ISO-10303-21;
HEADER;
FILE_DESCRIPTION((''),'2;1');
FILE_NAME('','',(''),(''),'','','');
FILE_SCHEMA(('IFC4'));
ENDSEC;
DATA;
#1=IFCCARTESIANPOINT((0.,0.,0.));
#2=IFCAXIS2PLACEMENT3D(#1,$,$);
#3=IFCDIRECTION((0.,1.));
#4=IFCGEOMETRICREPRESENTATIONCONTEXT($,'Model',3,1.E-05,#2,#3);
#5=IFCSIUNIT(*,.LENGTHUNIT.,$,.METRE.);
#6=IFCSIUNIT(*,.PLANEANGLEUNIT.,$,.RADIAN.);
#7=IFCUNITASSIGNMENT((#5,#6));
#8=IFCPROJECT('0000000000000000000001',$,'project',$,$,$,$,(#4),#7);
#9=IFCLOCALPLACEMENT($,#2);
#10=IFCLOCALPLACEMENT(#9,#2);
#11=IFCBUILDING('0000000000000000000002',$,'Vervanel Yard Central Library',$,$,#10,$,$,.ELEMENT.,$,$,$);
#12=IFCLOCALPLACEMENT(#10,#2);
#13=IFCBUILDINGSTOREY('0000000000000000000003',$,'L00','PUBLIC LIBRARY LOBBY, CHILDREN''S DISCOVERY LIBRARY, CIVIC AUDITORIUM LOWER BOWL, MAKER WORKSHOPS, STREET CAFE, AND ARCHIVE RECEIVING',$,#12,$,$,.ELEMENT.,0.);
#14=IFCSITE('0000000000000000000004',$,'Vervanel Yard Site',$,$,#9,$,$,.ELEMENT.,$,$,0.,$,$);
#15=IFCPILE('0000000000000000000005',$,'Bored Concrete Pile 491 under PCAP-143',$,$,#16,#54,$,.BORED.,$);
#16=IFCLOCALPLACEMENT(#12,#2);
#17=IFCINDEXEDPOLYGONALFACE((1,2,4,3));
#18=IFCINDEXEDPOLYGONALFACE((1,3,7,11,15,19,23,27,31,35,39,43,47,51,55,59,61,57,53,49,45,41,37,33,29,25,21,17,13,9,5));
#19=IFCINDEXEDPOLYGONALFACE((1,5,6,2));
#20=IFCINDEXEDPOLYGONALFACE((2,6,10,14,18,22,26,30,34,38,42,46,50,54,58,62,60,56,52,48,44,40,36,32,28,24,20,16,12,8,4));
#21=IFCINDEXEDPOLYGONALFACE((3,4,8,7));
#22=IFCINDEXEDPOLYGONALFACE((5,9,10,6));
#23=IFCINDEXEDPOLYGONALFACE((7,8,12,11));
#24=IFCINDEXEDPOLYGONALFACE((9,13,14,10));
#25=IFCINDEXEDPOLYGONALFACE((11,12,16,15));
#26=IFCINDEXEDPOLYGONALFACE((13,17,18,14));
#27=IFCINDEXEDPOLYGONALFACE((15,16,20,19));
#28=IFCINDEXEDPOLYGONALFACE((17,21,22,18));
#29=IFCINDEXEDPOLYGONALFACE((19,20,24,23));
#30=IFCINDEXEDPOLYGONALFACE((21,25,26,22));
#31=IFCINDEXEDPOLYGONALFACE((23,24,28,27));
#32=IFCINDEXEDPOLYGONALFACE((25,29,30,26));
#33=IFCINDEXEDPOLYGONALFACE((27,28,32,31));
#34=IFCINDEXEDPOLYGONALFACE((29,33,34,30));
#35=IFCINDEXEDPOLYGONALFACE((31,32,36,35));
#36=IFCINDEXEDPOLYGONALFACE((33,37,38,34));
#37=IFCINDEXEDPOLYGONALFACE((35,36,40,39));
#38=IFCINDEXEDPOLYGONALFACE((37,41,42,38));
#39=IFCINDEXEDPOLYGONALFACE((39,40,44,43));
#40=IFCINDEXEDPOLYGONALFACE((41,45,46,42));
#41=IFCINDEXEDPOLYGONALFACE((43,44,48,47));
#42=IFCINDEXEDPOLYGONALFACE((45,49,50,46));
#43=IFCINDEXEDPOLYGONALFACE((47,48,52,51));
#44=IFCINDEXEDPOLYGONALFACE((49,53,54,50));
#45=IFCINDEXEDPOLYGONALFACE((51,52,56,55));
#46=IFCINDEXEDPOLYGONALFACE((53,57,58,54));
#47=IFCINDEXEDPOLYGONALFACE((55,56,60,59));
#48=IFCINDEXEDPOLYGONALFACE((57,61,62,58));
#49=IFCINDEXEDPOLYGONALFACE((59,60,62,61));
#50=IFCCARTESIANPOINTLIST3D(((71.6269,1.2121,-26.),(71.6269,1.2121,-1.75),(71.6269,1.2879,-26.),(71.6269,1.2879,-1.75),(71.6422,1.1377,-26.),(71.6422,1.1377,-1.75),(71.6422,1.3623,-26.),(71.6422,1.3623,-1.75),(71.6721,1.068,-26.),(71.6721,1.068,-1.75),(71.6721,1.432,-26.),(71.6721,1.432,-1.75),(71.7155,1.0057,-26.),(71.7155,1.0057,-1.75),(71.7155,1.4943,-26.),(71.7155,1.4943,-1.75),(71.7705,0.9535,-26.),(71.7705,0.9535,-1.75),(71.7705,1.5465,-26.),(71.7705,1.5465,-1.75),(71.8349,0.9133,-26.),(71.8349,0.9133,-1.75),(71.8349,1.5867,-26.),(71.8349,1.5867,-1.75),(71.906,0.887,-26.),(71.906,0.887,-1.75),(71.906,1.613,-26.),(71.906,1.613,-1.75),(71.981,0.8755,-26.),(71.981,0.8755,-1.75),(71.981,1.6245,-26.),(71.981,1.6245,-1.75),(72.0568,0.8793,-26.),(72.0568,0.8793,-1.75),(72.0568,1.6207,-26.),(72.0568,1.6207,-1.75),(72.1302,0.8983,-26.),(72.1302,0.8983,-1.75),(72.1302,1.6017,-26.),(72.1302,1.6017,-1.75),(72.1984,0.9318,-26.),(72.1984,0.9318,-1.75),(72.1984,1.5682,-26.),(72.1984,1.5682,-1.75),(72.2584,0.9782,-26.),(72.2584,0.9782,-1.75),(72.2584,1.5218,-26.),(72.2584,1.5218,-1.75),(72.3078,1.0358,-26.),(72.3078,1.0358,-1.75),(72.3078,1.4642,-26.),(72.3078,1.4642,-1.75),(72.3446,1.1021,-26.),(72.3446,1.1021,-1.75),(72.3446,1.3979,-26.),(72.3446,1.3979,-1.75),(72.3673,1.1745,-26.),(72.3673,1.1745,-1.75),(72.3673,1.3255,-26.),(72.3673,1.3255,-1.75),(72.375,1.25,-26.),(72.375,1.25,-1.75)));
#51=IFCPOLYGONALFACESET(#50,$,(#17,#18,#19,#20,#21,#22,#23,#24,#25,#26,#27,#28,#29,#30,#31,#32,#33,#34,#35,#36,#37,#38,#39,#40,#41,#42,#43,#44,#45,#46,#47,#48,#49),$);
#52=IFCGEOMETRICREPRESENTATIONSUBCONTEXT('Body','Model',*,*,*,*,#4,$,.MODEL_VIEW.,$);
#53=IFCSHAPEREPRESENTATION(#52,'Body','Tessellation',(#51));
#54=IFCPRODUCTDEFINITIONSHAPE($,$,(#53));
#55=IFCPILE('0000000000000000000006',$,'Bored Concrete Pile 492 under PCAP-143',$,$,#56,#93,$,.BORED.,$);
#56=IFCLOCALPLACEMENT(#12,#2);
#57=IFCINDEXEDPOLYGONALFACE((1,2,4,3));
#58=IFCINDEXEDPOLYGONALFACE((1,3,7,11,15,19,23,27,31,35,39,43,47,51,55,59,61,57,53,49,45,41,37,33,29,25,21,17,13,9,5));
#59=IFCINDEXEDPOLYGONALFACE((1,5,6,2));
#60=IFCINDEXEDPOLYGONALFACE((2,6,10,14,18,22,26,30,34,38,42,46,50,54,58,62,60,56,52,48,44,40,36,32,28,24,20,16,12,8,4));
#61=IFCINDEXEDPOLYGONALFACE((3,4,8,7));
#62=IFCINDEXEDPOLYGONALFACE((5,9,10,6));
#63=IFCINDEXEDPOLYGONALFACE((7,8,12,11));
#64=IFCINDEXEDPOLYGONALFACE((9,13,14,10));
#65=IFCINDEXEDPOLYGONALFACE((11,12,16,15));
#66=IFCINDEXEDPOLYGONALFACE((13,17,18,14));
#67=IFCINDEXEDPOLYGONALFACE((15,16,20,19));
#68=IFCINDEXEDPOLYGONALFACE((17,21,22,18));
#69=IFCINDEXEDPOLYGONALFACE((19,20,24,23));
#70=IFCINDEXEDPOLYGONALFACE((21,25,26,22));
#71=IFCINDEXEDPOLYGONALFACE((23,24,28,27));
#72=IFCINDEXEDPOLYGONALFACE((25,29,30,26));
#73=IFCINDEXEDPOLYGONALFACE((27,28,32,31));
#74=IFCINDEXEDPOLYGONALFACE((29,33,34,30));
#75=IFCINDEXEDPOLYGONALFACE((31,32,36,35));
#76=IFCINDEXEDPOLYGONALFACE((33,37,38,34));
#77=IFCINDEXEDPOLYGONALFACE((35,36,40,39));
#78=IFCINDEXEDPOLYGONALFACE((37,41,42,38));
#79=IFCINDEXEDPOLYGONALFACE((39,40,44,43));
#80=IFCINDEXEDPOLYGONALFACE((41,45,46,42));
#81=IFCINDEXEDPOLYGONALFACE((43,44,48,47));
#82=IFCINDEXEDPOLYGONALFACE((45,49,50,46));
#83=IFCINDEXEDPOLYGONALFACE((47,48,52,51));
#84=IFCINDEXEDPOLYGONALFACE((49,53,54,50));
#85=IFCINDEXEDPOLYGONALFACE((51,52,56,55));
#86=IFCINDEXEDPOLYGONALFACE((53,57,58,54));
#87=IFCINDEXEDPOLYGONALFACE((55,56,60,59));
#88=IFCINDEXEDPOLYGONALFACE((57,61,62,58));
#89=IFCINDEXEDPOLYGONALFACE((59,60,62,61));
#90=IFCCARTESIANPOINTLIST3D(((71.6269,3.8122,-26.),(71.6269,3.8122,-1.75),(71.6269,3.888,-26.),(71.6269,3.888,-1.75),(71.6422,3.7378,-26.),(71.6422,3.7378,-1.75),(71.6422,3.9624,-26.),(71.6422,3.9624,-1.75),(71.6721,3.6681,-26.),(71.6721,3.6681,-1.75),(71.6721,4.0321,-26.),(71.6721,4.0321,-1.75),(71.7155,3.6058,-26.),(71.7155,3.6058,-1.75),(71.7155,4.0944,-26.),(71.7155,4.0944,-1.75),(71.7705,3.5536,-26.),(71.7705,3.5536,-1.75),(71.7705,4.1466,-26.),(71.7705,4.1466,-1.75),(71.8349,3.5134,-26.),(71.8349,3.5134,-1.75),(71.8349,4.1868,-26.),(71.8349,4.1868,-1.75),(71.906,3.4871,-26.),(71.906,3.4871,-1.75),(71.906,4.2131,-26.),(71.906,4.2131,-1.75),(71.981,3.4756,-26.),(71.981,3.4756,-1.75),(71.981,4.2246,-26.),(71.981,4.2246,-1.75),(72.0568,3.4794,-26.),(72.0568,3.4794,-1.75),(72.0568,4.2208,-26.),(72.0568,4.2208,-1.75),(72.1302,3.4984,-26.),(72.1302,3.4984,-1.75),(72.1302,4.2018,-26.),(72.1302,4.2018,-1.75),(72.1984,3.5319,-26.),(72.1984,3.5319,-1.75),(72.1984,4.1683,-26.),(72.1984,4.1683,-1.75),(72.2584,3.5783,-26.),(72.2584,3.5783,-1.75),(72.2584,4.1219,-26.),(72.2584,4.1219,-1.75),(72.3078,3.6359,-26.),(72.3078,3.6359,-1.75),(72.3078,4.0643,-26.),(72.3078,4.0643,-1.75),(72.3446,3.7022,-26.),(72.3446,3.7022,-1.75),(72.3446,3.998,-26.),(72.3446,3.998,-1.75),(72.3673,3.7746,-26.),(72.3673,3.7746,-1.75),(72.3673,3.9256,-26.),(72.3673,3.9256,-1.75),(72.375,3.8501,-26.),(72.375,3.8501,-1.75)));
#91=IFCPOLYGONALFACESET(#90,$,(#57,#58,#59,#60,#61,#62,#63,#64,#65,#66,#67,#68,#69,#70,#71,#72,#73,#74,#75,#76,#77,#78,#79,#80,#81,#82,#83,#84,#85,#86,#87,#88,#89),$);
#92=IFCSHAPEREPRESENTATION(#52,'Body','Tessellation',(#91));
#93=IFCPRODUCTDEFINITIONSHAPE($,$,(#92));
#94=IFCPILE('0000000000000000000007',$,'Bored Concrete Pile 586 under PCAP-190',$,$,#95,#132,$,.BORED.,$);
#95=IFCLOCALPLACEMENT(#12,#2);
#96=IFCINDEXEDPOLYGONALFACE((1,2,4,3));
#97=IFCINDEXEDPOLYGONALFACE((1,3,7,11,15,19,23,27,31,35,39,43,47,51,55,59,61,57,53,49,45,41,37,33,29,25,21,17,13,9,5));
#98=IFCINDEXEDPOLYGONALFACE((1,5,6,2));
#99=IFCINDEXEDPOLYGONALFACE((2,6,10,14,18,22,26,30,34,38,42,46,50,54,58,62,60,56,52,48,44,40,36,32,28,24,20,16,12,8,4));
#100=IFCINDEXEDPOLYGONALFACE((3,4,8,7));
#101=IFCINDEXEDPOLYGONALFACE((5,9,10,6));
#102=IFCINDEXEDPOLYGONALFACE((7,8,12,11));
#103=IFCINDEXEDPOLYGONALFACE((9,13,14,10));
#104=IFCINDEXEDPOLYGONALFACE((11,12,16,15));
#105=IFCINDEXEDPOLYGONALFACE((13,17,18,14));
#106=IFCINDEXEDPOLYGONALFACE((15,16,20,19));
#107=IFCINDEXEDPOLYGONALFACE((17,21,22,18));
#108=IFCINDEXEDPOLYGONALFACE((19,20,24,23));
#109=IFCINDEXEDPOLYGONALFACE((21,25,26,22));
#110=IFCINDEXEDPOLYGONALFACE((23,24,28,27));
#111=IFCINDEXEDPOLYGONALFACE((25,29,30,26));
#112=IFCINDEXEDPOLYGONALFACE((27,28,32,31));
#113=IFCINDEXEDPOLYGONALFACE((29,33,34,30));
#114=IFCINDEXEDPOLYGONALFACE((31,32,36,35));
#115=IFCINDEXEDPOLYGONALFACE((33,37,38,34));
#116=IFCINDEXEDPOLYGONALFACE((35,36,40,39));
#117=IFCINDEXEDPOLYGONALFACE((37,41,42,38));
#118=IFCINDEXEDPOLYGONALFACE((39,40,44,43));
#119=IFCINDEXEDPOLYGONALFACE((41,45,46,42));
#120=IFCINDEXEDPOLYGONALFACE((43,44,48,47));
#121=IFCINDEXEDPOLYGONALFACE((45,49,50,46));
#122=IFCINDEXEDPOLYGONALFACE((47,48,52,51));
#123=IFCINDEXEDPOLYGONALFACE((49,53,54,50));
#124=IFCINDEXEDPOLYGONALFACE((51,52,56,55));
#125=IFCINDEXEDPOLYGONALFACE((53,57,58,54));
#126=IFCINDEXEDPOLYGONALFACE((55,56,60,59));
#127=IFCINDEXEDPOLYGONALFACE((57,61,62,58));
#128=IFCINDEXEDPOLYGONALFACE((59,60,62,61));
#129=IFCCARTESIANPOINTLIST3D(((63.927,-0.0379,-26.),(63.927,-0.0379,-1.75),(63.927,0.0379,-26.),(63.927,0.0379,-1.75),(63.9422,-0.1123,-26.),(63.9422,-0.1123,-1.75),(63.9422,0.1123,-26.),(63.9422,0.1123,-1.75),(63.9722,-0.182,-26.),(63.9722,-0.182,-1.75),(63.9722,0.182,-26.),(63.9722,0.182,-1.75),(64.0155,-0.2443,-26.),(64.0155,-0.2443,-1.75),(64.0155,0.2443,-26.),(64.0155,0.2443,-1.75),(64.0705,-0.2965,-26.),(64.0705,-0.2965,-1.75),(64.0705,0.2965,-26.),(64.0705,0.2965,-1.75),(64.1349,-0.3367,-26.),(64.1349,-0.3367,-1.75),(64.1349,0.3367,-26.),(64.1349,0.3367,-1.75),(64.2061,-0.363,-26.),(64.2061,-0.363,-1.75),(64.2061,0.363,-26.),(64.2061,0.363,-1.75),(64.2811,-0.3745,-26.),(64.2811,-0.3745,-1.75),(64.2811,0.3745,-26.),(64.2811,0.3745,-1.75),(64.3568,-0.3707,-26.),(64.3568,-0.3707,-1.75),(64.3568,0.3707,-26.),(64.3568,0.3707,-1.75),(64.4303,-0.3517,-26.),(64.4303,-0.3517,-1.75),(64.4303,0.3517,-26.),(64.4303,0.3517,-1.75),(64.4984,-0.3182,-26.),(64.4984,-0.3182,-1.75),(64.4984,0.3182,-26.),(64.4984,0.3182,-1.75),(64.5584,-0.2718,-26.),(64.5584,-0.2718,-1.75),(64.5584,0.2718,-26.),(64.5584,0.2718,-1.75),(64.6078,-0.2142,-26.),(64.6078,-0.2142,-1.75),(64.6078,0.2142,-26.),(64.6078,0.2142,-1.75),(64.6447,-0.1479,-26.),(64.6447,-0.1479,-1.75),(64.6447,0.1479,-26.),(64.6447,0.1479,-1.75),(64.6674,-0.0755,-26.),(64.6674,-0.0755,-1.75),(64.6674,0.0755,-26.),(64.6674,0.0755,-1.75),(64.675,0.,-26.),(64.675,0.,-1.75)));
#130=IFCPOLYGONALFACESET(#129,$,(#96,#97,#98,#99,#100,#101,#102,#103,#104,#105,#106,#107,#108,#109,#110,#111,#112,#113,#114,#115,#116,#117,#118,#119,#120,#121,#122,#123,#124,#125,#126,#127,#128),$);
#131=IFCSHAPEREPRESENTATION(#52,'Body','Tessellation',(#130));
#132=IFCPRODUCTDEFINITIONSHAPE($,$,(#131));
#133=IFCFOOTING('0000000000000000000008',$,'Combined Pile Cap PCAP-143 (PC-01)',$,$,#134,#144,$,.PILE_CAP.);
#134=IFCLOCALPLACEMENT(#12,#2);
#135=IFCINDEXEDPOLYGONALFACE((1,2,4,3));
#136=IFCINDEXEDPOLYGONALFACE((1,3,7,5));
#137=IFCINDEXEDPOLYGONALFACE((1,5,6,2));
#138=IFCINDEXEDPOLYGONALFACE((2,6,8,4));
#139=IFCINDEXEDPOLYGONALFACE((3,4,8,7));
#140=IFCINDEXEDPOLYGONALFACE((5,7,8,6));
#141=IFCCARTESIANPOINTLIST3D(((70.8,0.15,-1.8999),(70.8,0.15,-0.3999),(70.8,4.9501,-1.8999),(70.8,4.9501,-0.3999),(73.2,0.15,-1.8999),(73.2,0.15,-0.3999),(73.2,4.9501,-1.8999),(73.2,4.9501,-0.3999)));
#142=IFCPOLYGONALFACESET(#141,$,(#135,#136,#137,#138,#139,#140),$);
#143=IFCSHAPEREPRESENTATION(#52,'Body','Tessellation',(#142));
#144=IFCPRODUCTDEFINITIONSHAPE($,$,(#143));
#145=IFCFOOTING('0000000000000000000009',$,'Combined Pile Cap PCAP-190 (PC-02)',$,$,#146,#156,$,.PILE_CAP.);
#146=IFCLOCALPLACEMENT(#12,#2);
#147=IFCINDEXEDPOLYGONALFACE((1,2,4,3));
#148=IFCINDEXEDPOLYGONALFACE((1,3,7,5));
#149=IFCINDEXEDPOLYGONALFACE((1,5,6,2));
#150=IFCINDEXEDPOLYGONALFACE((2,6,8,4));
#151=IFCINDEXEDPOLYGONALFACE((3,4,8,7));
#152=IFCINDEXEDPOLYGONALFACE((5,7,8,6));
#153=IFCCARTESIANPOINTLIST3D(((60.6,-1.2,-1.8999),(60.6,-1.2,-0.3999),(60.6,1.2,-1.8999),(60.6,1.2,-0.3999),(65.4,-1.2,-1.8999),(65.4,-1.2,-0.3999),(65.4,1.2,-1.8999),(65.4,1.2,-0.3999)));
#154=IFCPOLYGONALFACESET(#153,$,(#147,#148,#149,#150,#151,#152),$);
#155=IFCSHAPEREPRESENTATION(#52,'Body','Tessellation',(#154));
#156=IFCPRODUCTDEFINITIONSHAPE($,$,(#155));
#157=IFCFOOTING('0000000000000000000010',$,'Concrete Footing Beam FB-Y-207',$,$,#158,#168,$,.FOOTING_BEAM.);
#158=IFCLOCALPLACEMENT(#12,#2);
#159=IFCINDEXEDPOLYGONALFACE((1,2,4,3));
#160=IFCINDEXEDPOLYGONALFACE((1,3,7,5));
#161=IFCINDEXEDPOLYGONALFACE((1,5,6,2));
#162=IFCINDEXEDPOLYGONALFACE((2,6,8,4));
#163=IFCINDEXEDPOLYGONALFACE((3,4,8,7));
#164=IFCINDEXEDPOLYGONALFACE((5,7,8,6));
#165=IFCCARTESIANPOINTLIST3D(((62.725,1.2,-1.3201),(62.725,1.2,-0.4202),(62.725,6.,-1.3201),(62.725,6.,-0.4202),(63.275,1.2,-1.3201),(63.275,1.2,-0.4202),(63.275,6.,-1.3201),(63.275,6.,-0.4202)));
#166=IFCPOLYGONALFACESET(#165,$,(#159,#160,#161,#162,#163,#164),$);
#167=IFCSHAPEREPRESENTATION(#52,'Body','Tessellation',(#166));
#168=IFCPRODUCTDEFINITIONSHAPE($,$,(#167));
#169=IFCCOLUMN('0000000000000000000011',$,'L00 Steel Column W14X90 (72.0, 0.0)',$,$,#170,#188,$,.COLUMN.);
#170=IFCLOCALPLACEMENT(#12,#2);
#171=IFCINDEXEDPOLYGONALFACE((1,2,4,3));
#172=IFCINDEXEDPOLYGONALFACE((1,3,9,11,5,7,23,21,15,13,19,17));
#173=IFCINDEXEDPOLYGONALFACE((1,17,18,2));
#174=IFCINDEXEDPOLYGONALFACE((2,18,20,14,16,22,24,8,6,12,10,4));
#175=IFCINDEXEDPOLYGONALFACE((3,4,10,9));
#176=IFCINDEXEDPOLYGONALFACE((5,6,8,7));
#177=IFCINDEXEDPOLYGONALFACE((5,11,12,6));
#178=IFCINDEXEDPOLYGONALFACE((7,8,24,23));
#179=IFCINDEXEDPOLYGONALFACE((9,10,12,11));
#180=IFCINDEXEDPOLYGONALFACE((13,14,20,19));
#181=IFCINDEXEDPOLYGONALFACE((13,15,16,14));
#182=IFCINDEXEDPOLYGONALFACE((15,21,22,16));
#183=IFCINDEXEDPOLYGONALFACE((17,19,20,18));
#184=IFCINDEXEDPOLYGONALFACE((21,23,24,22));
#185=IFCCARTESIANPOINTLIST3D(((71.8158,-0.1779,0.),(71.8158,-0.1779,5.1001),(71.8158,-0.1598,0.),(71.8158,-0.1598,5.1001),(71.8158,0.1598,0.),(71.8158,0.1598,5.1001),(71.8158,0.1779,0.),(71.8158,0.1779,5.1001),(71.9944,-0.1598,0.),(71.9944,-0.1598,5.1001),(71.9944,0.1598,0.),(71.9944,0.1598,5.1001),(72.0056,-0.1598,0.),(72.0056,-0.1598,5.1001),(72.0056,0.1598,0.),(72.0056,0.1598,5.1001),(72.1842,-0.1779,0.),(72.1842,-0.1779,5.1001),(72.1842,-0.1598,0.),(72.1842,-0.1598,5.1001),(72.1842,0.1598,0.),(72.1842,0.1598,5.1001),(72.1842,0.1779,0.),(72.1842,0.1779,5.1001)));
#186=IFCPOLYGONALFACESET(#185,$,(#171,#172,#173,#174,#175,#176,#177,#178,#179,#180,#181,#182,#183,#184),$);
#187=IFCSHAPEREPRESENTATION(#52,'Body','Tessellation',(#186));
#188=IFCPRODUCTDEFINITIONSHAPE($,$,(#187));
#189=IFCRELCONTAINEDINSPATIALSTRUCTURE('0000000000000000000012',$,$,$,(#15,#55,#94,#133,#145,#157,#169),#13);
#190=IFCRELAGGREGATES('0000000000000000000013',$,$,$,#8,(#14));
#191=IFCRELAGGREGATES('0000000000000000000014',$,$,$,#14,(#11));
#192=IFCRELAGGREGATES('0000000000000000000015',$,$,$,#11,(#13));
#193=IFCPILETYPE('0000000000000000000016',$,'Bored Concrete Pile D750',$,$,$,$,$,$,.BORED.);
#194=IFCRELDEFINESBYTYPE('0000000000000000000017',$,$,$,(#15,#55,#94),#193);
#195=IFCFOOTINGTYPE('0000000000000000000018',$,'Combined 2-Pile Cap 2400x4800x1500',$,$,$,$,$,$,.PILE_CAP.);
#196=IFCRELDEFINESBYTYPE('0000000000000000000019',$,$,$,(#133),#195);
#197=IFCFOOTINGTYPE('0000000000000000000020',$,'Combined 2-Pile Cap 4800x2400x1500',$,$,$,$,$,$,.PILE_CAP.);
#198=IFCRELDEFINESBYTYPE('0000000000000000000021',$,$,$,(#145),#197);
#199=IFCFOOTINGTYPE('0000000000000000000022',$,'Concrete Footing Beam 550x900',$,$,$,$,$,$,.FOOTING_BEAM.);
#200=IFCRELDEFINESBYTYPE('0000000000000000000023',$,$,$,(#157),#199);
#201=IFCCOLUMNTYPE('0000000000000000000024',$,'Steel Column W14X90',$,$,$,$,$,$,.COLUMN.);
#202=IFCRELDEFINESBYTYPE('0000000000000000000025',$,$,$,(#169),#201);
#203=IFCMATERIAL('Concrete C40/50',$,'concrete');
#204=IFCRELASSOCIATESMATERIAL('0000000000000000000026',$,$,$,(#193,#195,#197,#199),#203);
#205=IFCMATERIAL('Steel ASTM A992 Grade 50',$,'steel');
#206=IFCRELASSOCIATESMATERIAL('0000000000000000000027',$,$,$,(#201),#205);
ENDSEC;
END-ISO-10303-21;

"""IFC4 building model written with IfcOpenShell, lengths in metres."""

from ifc_helpers import new_model, si_unit, direction, frame, origin, origin_2d, place, context, subcontext, project, spatial, rectangle, circle, i_section, extrude, material, material_profile, profile_set, type_object, element, save


model = new_model("IFC4")

# Units and contexts
model_context = context("Model", 3, precision=1e-05, world=origin(), true_north=direction((0.0, 1.0)))
body_context = subcontext(model_context, "Body", "Model", "MODEL_VIEW")
ifc_project = project(units=[si_unit("LENGTHUNIT", "METRE"), si_unit("PLANEANGLEUNIT", "RADIAN")], contexts=[model_context])

# Site, building, storey
site_placement = place(None, origin())
site = spatial("IfcSite", under=ifc_project, at=site_placement, Name="Vervanel Yard Site", CompositionType="ELEMENT", RefElevation=0.0)
building_placement = place(site_placement, origin())
building = spatial("IfcBuilding", under=site, at=building_placement, Name="Vervanel Yard Central Library", CompositionType="ELEMENT")
storey_placement = place(building_placement, origin())
storey = spatial("IfcBuildingStorey", under=building, at=storey_placement, Name="L00", Description="PUBLIC LIBRARY LOBBY, CHILDREN'S DISCOVERY LIBRARY, CIVIC AUDITORIUM LOWER BOWL, MAKER WORKSHOPS, STREET CAFE, AND ARCHIVE RECEIVING", CompositionType="ELEMENT", Elevation=0.0)

# Piles
ifc_material_1 = material(Name="Concrete C40/50", Category="concrete")
ifc_material_profile_1 = material_profile(ifc_material_1, circle(Radius=0.375, at=origin_2d()), Name="BP D750", Category="concrete")
ifc_profile_set_1 = profile_set([ifc_material_profile_1], Name="Concrete C40/50")
pile_type = type_object("IfcPileType", Name="Bored Concrete Pile D750", PredefinedType="BORED", material=ifc_profile_set_1)
for number, where, z_axis, x_axis, name in (
    (1, (72.0, 1.25, -1.75), (0.0, 0.0, -1.0), (1.0, 0.0, 0.0), "Bored Concrete Pile 491 under PCAP-143"),
    (2, (72.0, 3.8501, -1.75), (0.0, 0.0, -1.0), (1.0, 0.0, 0.0), "Bored Concrete Pile 492 under PCAP-143"),
    (3, (64.3, 0.0, -1.75), (0.0, 0.0, -1.0), (1.0, 0.0, 0.0), "Bored Concrete Pile 586 under PCAP-190"),
):
    element("IfcPile", number, at=place(storey_placement, frame(where, z_axis=z_axis, x_axis=x_axis)), inside=storey, type_object=pile_type, Name=name, PredefinedType="BORED", context=body_context, shape_type="SweptSolid", body=[
        extrude(circle(Radius=0.375, at=origin_2d()), origin(), (0.0, 0.0, 1.0), 24.25),
    ])

# Footings
footing_type_1 = type_object("IfcFootingType", Name="Combined 2-Pile Cap 2400x4800x1500", PredefinedType="PILE_CAP", material=ifc_material_1)
footing_1_placement = place(storey_placement, frame((72.0, 2.55, -1.8999), z_axis=(0.0, 0.0, 1.0), x_axis=(1.0, 0.0, 0.0)))
element("IfcFooting", 4, at=footing_1_placement, inside=storey, type_object=footing_type_1, Name="Combined Pile Cap PCAP-143 (PC-01)", PredefinedType="PILE_CAP", context=body_context, shape_type="SweptSolid", body=[
    extrude(rectangle(XDim=2.3999, YDim=4.8, at=origin_2d()), origin(), (0.0, 0.0, 1.0), 1.5),
])
footing_type_2 = type_object("IfcFootingType", Name="Combined 2-Pile Cap 4800x2400x1500", PredefinedType="PILE_CAP", material=ifc_material_1)
footing_2_placement = place(storey_placement, frame((63.0, 0.0, -1.8999), z_axis=(0.0, 0.0, 1.0), x_axis=(1.0, 0.0, 0.0)))
element("IfcFooting", 5, at=footing_2_placement, inside=storey, type_object=footing_type_2, Name="Combined Pile Cap PCAP-190 (PC-02)", PredefinedType="PILE_CAP", context=body_context, shape_type="SweptSolid", body=[
    extrude(rectangle(XDim=4.8, YDim=2.3999, at=origin_2d()), origin(), (0.0, 0.0, 1.0), 1.5),
])
ifc_material_profile_2 = material_profile(ifc_material_1, rectangle(XDim=0.55, YDim=0.8999, at=origin_2d()), Name="RC 550x900", Category="concrete")
ifc_profile_set_2 = profile_set([ifc_material_profile_2], Name="Concrete C40/50")
footing_type_3 = type_object("IfcFootingType", Name="Concrete Footing Beam 550x900", PredefinedType="FOOTING_BEAM", material=ifc_profile_set_2)
footing_3_placement = place(storey_placement, frame((63.0, 1.2, -0.8701), z_axis=(0.0, 1.0, 0.0), x_axis=(-1.0, 0.0, 0.0)))
element("IfcFooting", 6, at=footing_3_placement, inside=storey, type_object=footing_type_3, Name="Concrete Footing Beam FB-Y-207", PredefinedType="FOOTING_BEAM", context=body_context, shape_type="SweptSolid", body=[
    extrude(rectangle(XDim=0.55, YDim=0.8999, at=origin_2d()), origin(), (0.0, 0.0, 1.0), 4.8),
])

# Column
ifc_material_2 = material(Name="Steel ASTM A992 Grade 50", Category="steel")
ifc_material_profile_3 = material_profile(ifc_material_2, i_section(OverallWidth=0.3684, OverallDepth=0.3557, WebThickness=0.0112, FlangeThickness=0.0181, at=origin_2d()), Name="W14X90", Category="steel")
ifc_profile_set_3 = profile_set([ifc_material_profile_3], Name="Steel ASTM A992 Grade 50")
column_type = type_object("IfcColumnType", Name="Steel Column W14X90", PredefinedType="COLUMN", material=ifc_profile_set_3)
column_placement = place(storey_placement, frame((72.0, 0.0, 0.0), z_axis=(0.0, 0.0, 1.0), x_axis=(1.0, 0.0, 0.0)))
element("IfcColumn", 7, at=column_placement, inside=storey, type_object=column_type, Name="L00 Steel Column W14X90 (72.0, 0.0)", PredefinedType="COLUMN", context=body_context, shape_type="SweptSolid", body=[
    extrude(i_section(OverallWidth=0.3684, OverallDepth=0.3557, WebThickness=0.0112, FlangeThickness=0.0181, at=origin_2d()), origin(), (0.0, 0.0, 1.0), 5.1001),
])

save(model, "model.ifc")
